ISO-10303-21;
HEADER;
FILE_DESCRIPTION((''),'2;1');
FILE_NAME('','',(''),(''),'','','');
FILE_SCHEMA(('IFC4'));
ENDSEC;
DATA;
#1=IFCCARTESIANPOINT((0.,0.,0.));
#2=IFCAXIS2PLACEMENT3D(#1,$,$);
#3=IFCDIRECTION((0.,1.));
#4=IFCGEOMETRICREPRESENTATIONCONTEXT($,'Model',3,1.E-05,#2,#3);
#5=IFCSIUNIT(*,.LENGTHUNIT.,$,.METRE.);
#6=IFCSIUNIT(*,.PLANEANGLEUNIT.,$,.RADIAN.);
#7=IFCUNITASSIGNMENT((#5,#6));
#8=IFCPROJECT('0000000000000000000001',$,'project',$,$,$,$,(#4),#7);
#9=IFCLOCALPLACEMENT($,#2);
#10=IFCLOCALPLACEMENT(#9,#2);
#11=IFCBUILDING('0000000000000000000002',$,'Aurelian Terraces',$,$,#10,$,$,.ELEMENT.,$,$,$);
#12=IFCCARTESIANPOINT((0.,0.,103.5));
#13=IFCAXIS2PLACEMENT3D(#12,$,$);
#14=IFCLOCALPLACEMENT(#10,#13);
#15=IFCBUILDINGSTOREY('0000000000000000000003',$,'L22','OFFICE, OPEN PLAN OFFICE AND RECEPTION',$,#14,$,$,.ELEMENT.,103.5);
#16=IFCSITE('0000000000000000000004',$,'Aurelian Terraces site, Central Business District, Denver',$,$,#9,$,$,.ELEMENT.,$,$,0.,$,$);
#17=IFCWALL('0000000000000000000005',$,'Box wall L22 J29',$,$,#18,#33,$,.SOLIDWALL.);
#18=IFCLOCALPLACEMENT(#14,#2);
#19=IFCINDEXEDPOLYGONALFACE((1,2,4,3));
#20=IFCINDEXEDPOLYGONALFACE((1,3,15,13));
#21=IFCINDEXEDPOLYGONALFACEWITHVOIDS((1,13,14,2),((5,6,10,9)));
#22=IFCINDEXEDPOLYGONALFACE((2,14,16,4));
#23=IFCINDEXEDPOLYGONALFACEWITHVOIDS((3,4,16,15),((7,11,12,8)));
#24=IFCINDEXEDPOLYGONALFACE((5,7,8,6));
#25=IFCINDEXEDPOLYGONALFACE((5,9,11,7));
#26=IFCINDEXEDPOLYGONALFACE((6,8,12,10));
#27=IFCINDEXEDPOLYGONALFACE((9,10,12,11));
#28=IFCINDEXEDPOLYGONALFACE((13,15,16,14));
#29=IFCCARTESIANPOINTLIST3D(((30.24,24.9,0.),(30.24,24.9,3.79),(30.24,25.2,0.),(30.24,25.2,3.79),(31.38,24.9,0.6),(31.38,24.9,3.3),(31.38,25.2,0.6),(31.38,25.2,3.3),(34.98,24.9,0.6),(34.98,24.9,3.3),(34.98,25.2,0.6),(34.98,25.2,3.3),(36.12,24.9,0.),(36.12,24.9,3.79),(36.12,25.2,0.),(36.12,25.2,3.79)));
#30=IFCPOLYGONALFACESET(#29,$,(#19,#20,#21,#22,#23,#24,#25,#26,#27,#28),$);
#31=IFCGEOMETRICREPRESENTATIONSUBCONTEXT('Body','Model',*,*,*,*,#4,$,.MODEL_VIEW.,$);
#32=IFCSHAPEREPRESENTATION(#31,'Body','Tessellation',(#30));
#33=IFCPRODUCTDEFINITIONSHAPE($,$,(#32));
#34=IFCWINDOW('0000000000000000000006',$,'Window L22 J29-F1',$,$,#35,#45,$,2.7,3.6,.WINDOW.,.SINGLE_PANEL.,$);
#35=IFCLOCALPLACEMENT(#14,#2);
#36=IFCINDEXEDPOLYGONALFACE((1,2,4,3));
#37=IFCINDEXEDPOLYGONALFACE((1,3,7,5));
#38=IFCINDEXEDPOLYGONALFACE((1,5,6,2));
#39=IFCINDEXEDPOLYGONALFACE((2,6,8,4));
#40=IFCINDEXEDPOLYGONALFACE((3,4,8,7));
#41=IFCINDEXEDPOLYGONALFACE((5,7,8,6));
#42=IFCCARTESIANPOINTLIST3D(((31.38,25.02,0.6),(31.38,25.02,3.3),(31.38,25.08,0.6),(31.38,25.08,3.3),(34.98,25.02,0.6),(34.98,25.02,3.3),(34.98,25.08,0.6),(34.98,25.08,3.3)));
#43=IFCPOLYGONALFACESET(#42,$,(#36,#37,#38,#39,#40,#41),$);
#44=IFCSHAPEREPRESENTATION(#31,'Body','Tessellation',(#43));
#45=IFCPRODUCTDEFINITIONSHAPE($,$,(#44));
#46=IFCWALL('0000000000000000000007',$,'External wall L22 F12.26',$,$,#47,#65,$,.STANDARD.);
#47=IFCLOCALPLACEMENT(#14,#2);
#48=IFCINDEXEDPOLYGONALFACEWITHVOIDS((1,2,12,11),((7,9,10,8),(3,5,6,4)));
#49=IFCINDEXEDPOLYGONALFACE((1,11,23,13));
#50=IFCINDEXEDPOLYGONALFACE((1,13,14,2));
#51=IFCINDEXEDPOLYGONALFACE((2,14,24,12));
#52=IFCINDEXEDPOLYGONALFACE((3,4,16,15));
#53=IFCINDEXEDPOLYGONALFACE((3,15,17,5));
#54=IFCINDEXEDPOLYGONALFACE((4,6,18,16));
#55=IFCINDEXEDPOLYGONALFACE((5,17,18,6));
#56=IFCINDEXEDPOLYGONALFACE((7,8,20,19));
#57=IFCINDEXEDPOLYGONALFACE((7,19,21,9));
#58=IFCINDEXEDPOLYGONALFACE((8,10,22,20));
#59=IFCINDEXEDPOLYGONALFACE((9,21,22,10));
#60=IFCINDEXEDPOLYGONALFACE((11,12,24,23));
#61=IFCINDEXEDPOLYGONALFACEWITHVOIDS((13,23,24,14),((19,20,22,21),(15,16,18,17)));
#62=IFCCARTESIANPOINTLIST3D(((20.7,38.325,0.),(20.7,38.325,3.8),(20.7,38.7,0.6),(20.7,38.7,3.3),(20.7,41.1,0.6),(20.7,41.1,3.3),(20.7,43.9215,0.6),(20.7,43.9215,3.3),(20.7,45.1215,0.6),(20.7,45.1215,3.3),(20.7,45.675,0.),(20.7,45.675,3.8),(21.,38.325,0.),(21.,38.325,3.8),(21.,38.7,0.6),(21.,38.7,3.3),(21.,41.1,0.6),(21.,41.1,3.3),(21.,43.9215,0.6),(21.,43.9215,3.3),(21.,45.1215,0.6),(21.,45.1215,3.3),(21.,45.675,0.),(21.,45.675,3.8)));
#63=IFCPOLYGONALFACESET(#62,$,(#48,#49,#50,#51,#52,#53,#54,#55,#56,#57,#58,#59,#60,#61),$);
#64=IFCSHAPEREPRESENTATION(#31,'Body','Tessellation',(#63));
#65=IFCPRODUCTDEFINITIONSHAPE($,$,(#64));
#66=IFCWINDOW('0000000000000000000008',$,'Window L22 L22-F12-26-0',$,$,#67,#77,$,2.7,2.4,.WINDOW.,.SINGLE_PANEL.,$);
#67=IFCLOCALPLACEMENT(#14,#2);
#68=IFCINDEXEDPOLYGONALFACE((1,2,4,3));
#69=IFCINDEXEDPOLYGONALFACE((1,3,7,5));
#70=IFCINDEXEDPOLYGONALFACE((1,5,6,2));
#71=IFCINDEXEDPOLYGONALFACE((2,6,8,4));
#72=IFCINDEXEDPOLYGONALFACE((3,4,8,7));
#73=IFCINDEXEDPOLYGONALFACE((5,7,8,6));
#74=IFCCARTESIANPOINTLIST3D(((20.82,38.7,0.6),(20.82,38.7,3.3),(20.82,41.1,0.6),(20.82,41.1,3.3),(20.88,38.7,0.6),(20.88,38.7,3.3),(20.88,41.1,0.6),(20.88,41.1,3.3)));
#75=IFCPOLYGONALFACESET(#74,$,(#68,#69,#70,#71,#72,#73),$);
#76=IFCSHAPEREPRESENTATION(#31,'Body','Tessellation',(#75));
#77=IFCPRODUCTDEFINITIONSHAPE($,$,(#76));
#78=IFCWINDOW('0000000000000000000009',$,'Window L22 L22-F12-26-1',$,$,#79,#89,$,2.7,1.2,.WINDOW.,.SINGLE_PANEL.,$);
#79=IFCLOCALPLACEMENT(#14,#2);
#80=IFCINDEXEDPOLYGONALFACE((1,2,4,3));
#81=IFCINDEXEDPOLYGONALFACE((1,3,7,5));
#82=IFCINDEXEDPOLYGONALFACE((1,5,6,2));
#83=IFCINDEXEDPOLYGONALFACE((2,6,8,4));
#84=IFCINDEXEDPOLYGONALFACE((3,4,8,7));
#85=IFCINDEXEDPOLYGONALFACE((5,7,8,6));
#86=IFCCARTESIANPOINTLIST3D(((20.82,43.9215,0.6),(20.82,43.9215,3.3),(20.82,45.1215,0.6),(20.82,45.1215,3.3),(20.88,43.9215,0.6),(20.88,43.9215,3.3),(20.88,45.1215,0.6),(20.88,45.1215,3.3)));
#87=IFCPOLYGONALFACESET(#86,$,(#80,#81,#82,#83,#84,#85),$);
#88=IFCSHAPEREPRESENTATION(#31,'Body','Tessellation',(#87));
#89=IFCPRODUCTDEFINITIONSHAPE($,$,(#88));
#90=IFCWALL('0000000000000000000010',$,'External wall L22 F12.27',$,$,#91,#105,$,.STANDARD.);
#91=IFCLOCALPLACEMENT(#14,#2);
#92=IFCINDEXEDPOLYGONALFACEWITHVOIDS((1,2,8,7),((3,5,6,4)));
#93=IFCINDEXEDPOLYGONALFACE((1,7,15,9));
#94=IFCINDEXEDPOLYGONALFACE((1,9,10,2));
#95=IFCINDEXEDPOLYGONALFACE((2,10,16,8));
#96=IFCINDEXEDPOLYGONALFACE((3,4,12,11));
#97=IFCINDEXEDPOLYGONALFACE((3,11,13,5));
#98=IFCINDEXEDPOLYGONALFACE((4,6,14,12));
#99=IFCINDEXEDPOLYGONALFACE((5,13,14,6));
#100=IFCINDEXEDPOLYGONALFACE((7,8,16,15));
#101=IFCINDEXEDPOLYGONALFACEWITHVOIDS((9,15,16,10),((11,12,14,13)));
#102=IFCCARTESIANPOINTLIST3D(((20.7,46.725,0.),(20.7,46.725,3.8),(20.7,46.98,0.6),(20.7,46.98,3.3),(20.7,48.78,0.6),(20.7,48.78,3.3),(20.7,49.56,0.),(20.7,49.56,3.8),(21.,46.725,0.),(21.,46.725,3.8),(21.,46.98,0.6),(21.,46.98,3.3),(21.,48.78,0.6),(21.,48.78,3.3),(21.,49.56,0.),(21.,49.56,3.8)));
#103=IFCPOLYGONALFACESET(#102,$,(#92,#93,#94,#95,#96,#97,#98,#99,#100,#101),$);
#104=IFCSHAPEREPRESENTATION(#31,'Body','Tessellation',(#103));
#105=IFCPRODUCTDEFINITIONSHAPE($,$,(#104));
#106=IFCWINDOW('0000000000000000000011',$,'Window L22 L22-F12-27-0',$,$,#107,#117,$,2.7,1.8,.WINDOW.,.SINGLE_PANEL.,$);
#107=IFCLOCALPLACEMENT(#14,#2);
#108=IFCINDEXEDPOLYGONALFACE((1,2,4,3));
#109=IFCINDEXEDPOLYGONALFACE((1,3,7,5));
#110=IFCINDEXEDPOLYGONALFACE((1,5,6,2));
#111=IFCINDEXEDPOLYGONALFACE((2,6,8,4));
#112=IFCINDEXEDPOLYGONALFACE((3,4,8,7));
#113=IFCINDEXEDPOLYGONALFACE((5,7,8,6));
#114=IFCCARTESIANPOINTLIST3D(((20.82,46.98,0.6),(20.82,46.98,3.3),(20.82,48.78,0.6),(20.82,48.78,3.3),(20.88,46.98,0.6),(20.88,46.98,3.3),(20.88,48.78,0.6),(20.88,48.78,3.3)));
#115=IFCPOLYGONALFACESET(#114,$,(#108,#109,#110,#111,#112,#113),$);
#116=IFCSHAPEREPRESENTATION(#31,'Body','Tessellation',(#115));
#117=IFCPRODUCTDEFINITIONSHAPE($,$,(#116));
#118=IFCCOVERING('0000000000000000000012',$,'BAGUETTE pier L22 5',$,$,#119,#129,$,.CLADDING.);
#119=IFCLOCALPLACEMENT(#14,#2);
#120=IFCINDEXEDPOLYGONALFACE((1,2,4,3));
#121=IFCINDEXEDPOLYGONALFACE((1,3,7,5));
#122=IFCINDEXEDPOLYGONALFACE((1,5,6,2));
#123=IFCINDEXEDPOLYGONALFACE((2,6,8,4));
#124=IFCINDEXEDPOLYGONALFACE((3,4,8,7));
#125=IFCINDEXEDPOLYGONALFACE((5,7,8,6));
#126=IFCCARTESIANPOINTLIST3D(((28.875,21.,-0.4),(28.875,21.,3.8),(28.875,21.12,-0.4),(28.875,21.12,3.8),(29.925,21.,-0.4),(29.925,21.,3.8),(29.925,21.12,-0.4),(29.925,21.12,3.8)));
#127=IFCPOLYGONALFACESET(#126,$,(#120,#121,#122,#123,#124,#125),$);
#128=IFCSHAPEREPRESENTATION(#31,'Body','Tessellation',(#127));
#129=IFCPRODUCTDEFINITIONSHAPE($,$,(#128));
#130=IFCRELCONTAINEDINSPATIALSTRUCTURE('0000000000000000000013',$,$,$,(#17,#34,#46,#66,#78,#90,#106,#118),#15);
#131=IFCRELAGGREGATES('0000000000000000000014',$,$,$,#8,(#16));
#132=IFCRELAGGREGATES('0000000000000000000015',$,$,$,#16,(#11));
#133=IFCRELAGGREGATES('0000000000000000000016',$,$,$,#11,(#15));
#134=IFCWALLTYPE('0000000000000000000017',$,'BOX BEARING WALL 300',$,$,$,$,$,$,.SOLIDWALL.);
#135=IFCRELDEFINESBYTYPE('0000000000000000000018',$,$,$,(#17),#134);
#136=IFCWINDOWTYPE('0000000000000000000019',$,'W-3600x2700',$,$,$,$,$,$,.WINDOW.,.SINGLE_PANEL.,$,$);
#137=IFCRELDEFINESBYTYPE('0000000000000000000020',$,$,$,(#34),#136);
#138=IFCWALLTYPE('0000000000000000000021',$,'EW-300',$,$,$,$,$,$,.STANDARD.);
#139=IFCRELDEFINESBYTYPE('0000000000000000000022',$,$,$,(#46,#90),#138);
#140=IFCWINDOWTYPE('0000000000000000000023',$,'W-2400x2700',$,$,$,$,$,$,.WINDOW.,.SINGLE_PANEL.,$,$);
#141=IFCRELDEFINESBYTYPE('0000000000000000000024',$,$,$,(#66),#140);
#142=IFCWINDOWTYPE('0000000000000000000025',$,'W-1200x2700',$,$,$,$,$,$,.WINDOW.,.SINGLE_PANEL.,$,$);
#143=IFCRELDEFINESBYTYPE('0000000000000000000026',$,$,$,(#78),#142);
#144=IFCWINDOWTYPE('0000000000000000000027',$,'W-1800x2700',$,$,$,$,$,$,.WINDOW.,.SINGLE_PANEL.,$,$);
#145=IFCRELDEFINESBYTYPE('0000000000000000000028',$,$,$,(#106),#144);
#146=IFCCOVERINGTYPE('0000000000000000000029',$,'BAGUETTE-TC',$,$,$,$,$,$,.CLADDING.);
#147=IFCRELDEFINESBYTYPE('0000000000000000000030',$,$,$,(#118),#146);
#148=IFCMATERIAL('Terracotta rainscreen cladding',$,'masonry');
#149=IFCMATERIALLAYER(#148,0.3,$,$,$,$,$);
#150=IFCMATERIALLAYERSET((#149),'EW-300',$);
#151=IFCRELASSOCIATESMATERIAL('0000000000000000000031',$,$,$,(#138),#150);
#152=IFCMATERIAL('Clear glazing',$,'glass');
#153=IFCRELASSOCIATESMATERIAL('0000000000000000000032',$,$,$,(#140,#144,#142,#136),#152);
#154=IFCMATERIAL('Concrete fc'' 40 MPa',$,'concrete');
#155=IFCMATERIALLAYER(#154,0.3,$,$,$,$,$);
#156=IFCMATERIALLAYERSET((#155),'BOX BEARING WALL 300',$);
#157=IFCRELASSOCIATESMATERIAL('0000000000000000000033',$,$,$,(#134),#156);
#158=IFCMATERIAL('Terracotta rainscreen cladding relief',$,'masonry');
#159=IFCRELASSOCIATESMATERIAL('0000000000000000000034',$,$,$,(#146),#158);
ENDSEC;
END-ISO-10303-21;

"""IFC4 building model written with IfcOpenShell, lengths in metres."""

from ifc_helpers import new_model, si_unit, direction, frame, frame_2d, origin, origin_2d, place, context, subcontext, project, spatial, rectangle, extrude, source, transform, mapped, material, layer, layer_set, type_object, element, fill, save


model = new_model("IFC4")

# Units and contexts
model_context = context("Model", 3, precision=1e-05, world=origin(), true_north=direction((0.0, 1.0)))
body_context = subcontext(model_context, "Body", "Model", "MODEL_VIEW")
ifc_project = project(units=[si_unit("LENGTHUNIT", "METRE"), si_unit("PLANEANGLEUNIT", "RADIAN")], contexts=[model_context])

# Site, building, storey
site_placement = place(None, origin())
site = spatial("IfcSite", under=ifc_project, at=site_placement, Name="Aurelian Terraces site, Central Business District, Denver", CompositionType="ELEMENT", RefElevation=0.0)
building_placement = place(site_placement, origin())
building = spatial("IfcBuilding", under=site, at=building_placement, Name="Aurelian Terraces", CompositionType="ELEMENT")
storey_placement = place(building_placement, frame((0.0, 0.0, 103.5)))
storey = spatial("IfcBuildingStorey", under=building, at=storey_placement, Name="L22", Description="OFFICE, OPEN PLAN OFFICE AND RECEPTION", CompositionType="ELEMENT", Elevation=103.5)

# Shared definitions
ifc_material_1 = material(Name="Concrete fc' 40 MPa", Category="concrete")

# Shared definitions
ifc_material_2 = material(Name="Terracotta rainscreen cladding", Category="masonry")
ifc_layer_1 = layer(ifc_material_2, 0.3)
ifc_layer_set_1 = layer_set([ifc_layer_1], Name="EW-300")
wall_type_1 = type_object("IfcWallType", Name="EW-300", PredefinedType="STANDARD", material=ifc_layer_set_1)
shared_shape_1 = source(origin(), body_context, "Body", "SweptSolid", [
    extrude(rectangle(XDim=1.8, YDim=2.7, at=frame_2d((0.9, 1.35))), frame((0.0, 0.16, 0.0), z_axis=(0.0, -1.0, 0.0), x_axis=(1.0, 0.0, 0.0)), (0.0, 0.0, 1.0), 0.32),
])
shared_shape_2 = source(origin(), body_context, "Body", "SweptSolid", [
    extrude(rectangle(XDim=2.4, YDim=2.7, at=frame_2d((1.2, 1.35))), frame((0.0, 0.16, 0.0), z_axis=(0.0, -1.0, 0.0), x_axis=(1.0, 0.0, 0.0)), (0.0, 0.0, 1.0), 0.32),
])
ifc_material_3 = material(Name="Clear glazing", Category="glass")
window_type_1 = type_object("IfcWindowType", Name="W-2400x2700", PartitioningType="SINGLE_PANEL", PredefinedType="WINDOW", material=ifc_material_3)
shared_shape_3 = source(origin(), body_context, "Body", "SweptSolid", [
    extrude(rectangle(XDim=2.4, YDim=2.7, at=frame_2d((1.2, 1.35))), frame((0.0, 0.03, 0.0), z_axis=(0.0, -1.0, 0.0), x_axis=(1.0, 0.0, 0.0)), (0.0, 0.0, 1.0), 0.06),
])
window_type_2 = type_object("IfcWindowType", Name="W-1800x2700", PartitioningType="SINGLE_PANEL", PredefinedType="WINDOW", material=ifc_material_3)
shared_shape_4 = source(origin(), body_context, "Body", "SweptSolid", [
    extrude(rectangle(XDim=1.8, YDim=2.7, at=frame_2d((0.9, 1.35))), frame((0.0, 0.03, 0.0), z_axis=(0.0, -1.0, 0.0), x_axis=(1.0, 0.0, 0.0)), (0.0, 0.0, 1.0), 0.06),
])
shared_shape_5 = source(origin(), body_context, "Body", "SweptSolid", [
    extrude(rectangle(XDim=1.2, YDim=2.7, at=frame_2d((0.6, 1.35))), frame((0.0, 0.16, 0.0), z_axis=(0.0, -1.0, 0.0), x_axis=(1.0, 0.0, 0.0)), (0.0, 0.0, 1.0), 0.32),
])
window_type_3 = type_object("IfcWindowType", Name="W-1200x2700", PartitioningType="SINGLE_PANEL", PredefinedType="WINDOW", material=ifc_material_3)
shared_shape_6 = source(origin(), body_context, "Body", "SweptSolid", [
    extrude(rectangle(XDim=1.2, YDim=2.7, at=frame_2d((0.6, 1.35))), frame((0.0, 0.03, 0.0), z_axis=(0.0, -1.0, 0.0), x_axis=(1.0, 0.0, 0.0)), (0.0, 0.0, 1.0), 0.06),
])

# Wall, opening, window
ifc_layer_2 = layer(ifc_material_1, 0.3)
ifc_layer_set_2 = layer_set([ifc_layer_2], Name="BOX BEARING WALL 300")
wall_type_2 = type_object("IfcWallType", Name="BOX BEARING WALL 300", PredefinedType="SOLIDWALL", material=ifc_layer_set_2)
shared_shape_7 = source(origin(), body_context, "Body", "SweptSolid", [
    extrude(rectangle(XDim=5.88, YDim=0.3, at=frame_2d((2.94, 0.0))), origin(), (0.0, 0.0, 1.0), 3.79),
])
wall_1_placement = place(storey_placement, frame((36.12, 25.05, 0.0), z_axis=(0.0, 0.0, 1.0), x_axis=(-1.0, 0.0, 0.0)))
wall_1 = element("IfcWall", 1, at=wall_1_placement, inside=storey, type_object=wall_type_2, Name="Box wall L22 J29", PredefinedType="SOLIDWALL", context=body_context, shape_type="MappedRepresentation", body=[
    mapped(shared_shape_7, transform((0.0, 0.0, 0.0), scale=1.0)),
])
shared_shape_8 = source(origin(), body_context, "Body", "SweptSolid", [
    extrude(rectangle(XDim=3.6, YDim=2.7, at=frame_2d((1.8, 1.35))), frame((0.0, 0.16, 0.0), z_axis=(0.0, -1.0, 0.0), x_axis=(1.0, 0.0, 0.0)), (0.0, 0.0, 1.0), 0.32),
])
opening_1_placement = place(wall_1_placement, frame((1.14, 0.0, 0.6)))
opening_1 = element("IfcOpeningElement", 2, at=opening_1_placement, cuts=wall_1, PredefinedType="OPENING", context=body_context, shape_type="MappedRepresentation", body=[
    mapped(shared_shape_8, transform((0.0, 0.0, 0.0), scale=1.0)),
])
window_type_4 = type_object("IfcWindowType", Name="W-3600x2700", PartitioningType="SINGLE_PANEL", PredefinedType="WINDOW", material=ifc_material_3)
shared_shape_9 = source(origin(), body_context, "Body", "SweptSolid", [
    extrude(rectangle(XDim=3.6, YDim=2.7, at=frame_2d((1.8, 1.35))), frame((0.0, 0.03, 0.0), z_axis=(0.0, -1.0, 0.0), x_axis=(1.0, 0.0, 0.0)), (0.0, 0.0, 1.0), 0.06),
])
window_1_placement = place(opening_1_placement, origin())
window_1 = element("IfcWindow", 3, at=window_1_placement, inside=storey, type_object=window_type_4, Name="Window L22 J29-F1", OverallHeight=2.7, OverallWidth=3.6, PartitioningType="SINGLE_PANEL", PredefinedType="WINDOW", context=body_context, shape_type="MappedRepresentation", body=[
    mapped(shared_shape_9, transform((0.0, 0.0, 0.0), scale=1.0)),
])
fill(opening_1, window_1)

# Wall, openings, windows
shared_shape_10 = source(origin(), body_context, "Body", "SweptSolid", [
    extrude(rectangle(XDim=7.35, YDim=0.3, at=frame_2d((3.675, 0.0))), origin(), (0.0, 0.0, 1.0), 3.8),
])
wall_2_placement = place(storey_placement, frame((20.85, 38.325, 0.0), z_axis=(0.0, 0.0, 1.0), x_axis=(0.0, 1.0, 0.0)))
wall_2 = element("IfcWall", 4, at=wall_2_placement, inside=storey, type_object=wall_type_1, Name="External wall L22 F12.26", PredefinedType="STANDARD", context=body_context, shape_type="MappedRepresentation", body=[
    mapped(shared_shape_10, transform((0.0, 0.0, 0.0), scale=1.0)),
])
opening_2_placement = place(wall_2_placement, frame((0.375, 0.0, 0.6)))
opening_2 = element("IfcOpeningElement", 5, at=opening_2_placement, cuts=wall_2, PredefinedType="OPENING", context=body_context, shape_type="MappedRepresentation", body=[
    mapped(shared_shape_2, transform((0.0, 0.0, 0.0), scale=1.0)),
])
opening_3_placement = place(wall_2_placement, frame((5.5965, 0.0, 0.6)))
opening_3 = element("IfcOpeningElement", 6, at=opening_3_placement, cuts=wall_2, PredefinedType="OPENING", context=body_context, shape_type="MappedRepresentation", body=[
    mapped(shared_shape_5, transform((0.0, 0.0, 0.0), scale=1.0)),
])
window_2_placement = place(opening_2_placement, origin())
window_2 = element("IfcWindow", 7, at=window_2_placement, inside=storey, type_object=window_type_1, Name="Window L22 L22-F12-26-0", OverallHeight=2.7, OverallWidth=2.4, PartitioningType="SINGLE_PANEL", PredefinedType="WINDOW", context=body_context, shape_type="MappedRepresentation", body=[
    mapped(shared_shape_3, transform((0.0, 0.0, 0.0), scale=1.0)),
])
fill(opening_2, window_2)
window_3_placement = place(opening_3_placement, origin())
window_3 = element("IfcWindow", 8, at=window_3_placement, inside=storey, type_object=window_type_3, Name="Window L22 L22-F12-26-1", OverallHeight=2.7, OverallWidth=1.2, PartitioningType="SINGLE_PANEL", PredefinedType="WINDOW", context=body_context, shape_type="MappedRepresentation", body=[
    mapped(shared_shape_6, transform((0.0, 0.0, 0.0), scale=1.0)),
])
fill(opening_3, window_3)

# Wall, opening, window
shared_shape_11 = source(origin(), body_context, "Body", "SweptSolid", [
    extrude(rectangle(XDim=2.835, YDim=0.3, at=frame_2d((1.4175, 0.0))), origin(), (0.0, 0.0, 1.0), 3.8),
])
wall_3_placement = place(storey_placement, frame((20.85, 46.725, 0.0), z_axis=(0.0, 0.0, 1.0), x_axis=(0.0, 1.0, 0.0)))
wall_3 = element("IfcWall", 9, at=wall_3_placement, inside=storey, type_object=wall_type_1, Name="External wall L22 F12.27", PredefinedType="STANDARD", context=body_context, shape_type="MappedRepresentation", body=[
    mapped(shared_shape_11, transform((0.0, 0.0, 0.0), scale=1.0)),
])
opening_4_placement = place(wall_3_placement, frame((0.255, 0.0, 0.6)))
opening_4 = element("IfcOpeningElement", 10, at=opening_4_placement, cuts=wall_3, PredefinedType="OPENING", context=body_context, shape_type="MappedRepresentation", body=[
    mapped(shared_shape_1, transform((0.0, 0.0, 0.0), scale=1.0)),
])
window_4_placement = place(opening_4_placement, origin())
window_4 = element("IfcWindow", 11, at=window_4_placement, inside=storey, type_object=window_type_2, Name="Window L22 L22-F12-27-0", OverallHeight=2.7, OverallWidth=1.8, PartitioningType="SINGLE_PANEL", PredefinedType="WINDOW", context=body_context, shape_type="MappedRepresentation", body=[
    mapped(shared_shape_4, transform((0.0, 0.0, 0.0), scale=1.0)),
])
fill(opening_4, window_4)

# Covering
ifc_material_4 = material(Name="Terracotta rainscreen cladding relief", Category="masonry")
covering_type = type_object("IfcCoveringType", Name="BAGUETTE-TC", PredefinedType="CLADDING", material=ifc_material_4)
shared_shape_12 = source(origin(), body_context, "Body", "SweptSolid", [
    extrude(rectangle(XDim=1.05, YDim=0.12, at=origin_2d()), origin(), (0.0, 0.0, 1.0), 4.2),
])
covering_placement = place(storey_placement, frame((29.4, 21.06, -0.4), z_axis=(0.0, 0.0, 1.0), x_axis=(1.0, 0.0, 0.0)))
element("IfcCovering", 12, at=covering_placement, inside=storey, type_object=covering_type, Name="BAGUETTE pier L22 5", PredefinedType="CLADDING", context=body_context, shape_type="MappedRepresentation", body=[
    mapped(shared_shape_12, transform((0.0, 0.0, 0.0), scale=1.0)),
])

save(model, "model.ifc")
